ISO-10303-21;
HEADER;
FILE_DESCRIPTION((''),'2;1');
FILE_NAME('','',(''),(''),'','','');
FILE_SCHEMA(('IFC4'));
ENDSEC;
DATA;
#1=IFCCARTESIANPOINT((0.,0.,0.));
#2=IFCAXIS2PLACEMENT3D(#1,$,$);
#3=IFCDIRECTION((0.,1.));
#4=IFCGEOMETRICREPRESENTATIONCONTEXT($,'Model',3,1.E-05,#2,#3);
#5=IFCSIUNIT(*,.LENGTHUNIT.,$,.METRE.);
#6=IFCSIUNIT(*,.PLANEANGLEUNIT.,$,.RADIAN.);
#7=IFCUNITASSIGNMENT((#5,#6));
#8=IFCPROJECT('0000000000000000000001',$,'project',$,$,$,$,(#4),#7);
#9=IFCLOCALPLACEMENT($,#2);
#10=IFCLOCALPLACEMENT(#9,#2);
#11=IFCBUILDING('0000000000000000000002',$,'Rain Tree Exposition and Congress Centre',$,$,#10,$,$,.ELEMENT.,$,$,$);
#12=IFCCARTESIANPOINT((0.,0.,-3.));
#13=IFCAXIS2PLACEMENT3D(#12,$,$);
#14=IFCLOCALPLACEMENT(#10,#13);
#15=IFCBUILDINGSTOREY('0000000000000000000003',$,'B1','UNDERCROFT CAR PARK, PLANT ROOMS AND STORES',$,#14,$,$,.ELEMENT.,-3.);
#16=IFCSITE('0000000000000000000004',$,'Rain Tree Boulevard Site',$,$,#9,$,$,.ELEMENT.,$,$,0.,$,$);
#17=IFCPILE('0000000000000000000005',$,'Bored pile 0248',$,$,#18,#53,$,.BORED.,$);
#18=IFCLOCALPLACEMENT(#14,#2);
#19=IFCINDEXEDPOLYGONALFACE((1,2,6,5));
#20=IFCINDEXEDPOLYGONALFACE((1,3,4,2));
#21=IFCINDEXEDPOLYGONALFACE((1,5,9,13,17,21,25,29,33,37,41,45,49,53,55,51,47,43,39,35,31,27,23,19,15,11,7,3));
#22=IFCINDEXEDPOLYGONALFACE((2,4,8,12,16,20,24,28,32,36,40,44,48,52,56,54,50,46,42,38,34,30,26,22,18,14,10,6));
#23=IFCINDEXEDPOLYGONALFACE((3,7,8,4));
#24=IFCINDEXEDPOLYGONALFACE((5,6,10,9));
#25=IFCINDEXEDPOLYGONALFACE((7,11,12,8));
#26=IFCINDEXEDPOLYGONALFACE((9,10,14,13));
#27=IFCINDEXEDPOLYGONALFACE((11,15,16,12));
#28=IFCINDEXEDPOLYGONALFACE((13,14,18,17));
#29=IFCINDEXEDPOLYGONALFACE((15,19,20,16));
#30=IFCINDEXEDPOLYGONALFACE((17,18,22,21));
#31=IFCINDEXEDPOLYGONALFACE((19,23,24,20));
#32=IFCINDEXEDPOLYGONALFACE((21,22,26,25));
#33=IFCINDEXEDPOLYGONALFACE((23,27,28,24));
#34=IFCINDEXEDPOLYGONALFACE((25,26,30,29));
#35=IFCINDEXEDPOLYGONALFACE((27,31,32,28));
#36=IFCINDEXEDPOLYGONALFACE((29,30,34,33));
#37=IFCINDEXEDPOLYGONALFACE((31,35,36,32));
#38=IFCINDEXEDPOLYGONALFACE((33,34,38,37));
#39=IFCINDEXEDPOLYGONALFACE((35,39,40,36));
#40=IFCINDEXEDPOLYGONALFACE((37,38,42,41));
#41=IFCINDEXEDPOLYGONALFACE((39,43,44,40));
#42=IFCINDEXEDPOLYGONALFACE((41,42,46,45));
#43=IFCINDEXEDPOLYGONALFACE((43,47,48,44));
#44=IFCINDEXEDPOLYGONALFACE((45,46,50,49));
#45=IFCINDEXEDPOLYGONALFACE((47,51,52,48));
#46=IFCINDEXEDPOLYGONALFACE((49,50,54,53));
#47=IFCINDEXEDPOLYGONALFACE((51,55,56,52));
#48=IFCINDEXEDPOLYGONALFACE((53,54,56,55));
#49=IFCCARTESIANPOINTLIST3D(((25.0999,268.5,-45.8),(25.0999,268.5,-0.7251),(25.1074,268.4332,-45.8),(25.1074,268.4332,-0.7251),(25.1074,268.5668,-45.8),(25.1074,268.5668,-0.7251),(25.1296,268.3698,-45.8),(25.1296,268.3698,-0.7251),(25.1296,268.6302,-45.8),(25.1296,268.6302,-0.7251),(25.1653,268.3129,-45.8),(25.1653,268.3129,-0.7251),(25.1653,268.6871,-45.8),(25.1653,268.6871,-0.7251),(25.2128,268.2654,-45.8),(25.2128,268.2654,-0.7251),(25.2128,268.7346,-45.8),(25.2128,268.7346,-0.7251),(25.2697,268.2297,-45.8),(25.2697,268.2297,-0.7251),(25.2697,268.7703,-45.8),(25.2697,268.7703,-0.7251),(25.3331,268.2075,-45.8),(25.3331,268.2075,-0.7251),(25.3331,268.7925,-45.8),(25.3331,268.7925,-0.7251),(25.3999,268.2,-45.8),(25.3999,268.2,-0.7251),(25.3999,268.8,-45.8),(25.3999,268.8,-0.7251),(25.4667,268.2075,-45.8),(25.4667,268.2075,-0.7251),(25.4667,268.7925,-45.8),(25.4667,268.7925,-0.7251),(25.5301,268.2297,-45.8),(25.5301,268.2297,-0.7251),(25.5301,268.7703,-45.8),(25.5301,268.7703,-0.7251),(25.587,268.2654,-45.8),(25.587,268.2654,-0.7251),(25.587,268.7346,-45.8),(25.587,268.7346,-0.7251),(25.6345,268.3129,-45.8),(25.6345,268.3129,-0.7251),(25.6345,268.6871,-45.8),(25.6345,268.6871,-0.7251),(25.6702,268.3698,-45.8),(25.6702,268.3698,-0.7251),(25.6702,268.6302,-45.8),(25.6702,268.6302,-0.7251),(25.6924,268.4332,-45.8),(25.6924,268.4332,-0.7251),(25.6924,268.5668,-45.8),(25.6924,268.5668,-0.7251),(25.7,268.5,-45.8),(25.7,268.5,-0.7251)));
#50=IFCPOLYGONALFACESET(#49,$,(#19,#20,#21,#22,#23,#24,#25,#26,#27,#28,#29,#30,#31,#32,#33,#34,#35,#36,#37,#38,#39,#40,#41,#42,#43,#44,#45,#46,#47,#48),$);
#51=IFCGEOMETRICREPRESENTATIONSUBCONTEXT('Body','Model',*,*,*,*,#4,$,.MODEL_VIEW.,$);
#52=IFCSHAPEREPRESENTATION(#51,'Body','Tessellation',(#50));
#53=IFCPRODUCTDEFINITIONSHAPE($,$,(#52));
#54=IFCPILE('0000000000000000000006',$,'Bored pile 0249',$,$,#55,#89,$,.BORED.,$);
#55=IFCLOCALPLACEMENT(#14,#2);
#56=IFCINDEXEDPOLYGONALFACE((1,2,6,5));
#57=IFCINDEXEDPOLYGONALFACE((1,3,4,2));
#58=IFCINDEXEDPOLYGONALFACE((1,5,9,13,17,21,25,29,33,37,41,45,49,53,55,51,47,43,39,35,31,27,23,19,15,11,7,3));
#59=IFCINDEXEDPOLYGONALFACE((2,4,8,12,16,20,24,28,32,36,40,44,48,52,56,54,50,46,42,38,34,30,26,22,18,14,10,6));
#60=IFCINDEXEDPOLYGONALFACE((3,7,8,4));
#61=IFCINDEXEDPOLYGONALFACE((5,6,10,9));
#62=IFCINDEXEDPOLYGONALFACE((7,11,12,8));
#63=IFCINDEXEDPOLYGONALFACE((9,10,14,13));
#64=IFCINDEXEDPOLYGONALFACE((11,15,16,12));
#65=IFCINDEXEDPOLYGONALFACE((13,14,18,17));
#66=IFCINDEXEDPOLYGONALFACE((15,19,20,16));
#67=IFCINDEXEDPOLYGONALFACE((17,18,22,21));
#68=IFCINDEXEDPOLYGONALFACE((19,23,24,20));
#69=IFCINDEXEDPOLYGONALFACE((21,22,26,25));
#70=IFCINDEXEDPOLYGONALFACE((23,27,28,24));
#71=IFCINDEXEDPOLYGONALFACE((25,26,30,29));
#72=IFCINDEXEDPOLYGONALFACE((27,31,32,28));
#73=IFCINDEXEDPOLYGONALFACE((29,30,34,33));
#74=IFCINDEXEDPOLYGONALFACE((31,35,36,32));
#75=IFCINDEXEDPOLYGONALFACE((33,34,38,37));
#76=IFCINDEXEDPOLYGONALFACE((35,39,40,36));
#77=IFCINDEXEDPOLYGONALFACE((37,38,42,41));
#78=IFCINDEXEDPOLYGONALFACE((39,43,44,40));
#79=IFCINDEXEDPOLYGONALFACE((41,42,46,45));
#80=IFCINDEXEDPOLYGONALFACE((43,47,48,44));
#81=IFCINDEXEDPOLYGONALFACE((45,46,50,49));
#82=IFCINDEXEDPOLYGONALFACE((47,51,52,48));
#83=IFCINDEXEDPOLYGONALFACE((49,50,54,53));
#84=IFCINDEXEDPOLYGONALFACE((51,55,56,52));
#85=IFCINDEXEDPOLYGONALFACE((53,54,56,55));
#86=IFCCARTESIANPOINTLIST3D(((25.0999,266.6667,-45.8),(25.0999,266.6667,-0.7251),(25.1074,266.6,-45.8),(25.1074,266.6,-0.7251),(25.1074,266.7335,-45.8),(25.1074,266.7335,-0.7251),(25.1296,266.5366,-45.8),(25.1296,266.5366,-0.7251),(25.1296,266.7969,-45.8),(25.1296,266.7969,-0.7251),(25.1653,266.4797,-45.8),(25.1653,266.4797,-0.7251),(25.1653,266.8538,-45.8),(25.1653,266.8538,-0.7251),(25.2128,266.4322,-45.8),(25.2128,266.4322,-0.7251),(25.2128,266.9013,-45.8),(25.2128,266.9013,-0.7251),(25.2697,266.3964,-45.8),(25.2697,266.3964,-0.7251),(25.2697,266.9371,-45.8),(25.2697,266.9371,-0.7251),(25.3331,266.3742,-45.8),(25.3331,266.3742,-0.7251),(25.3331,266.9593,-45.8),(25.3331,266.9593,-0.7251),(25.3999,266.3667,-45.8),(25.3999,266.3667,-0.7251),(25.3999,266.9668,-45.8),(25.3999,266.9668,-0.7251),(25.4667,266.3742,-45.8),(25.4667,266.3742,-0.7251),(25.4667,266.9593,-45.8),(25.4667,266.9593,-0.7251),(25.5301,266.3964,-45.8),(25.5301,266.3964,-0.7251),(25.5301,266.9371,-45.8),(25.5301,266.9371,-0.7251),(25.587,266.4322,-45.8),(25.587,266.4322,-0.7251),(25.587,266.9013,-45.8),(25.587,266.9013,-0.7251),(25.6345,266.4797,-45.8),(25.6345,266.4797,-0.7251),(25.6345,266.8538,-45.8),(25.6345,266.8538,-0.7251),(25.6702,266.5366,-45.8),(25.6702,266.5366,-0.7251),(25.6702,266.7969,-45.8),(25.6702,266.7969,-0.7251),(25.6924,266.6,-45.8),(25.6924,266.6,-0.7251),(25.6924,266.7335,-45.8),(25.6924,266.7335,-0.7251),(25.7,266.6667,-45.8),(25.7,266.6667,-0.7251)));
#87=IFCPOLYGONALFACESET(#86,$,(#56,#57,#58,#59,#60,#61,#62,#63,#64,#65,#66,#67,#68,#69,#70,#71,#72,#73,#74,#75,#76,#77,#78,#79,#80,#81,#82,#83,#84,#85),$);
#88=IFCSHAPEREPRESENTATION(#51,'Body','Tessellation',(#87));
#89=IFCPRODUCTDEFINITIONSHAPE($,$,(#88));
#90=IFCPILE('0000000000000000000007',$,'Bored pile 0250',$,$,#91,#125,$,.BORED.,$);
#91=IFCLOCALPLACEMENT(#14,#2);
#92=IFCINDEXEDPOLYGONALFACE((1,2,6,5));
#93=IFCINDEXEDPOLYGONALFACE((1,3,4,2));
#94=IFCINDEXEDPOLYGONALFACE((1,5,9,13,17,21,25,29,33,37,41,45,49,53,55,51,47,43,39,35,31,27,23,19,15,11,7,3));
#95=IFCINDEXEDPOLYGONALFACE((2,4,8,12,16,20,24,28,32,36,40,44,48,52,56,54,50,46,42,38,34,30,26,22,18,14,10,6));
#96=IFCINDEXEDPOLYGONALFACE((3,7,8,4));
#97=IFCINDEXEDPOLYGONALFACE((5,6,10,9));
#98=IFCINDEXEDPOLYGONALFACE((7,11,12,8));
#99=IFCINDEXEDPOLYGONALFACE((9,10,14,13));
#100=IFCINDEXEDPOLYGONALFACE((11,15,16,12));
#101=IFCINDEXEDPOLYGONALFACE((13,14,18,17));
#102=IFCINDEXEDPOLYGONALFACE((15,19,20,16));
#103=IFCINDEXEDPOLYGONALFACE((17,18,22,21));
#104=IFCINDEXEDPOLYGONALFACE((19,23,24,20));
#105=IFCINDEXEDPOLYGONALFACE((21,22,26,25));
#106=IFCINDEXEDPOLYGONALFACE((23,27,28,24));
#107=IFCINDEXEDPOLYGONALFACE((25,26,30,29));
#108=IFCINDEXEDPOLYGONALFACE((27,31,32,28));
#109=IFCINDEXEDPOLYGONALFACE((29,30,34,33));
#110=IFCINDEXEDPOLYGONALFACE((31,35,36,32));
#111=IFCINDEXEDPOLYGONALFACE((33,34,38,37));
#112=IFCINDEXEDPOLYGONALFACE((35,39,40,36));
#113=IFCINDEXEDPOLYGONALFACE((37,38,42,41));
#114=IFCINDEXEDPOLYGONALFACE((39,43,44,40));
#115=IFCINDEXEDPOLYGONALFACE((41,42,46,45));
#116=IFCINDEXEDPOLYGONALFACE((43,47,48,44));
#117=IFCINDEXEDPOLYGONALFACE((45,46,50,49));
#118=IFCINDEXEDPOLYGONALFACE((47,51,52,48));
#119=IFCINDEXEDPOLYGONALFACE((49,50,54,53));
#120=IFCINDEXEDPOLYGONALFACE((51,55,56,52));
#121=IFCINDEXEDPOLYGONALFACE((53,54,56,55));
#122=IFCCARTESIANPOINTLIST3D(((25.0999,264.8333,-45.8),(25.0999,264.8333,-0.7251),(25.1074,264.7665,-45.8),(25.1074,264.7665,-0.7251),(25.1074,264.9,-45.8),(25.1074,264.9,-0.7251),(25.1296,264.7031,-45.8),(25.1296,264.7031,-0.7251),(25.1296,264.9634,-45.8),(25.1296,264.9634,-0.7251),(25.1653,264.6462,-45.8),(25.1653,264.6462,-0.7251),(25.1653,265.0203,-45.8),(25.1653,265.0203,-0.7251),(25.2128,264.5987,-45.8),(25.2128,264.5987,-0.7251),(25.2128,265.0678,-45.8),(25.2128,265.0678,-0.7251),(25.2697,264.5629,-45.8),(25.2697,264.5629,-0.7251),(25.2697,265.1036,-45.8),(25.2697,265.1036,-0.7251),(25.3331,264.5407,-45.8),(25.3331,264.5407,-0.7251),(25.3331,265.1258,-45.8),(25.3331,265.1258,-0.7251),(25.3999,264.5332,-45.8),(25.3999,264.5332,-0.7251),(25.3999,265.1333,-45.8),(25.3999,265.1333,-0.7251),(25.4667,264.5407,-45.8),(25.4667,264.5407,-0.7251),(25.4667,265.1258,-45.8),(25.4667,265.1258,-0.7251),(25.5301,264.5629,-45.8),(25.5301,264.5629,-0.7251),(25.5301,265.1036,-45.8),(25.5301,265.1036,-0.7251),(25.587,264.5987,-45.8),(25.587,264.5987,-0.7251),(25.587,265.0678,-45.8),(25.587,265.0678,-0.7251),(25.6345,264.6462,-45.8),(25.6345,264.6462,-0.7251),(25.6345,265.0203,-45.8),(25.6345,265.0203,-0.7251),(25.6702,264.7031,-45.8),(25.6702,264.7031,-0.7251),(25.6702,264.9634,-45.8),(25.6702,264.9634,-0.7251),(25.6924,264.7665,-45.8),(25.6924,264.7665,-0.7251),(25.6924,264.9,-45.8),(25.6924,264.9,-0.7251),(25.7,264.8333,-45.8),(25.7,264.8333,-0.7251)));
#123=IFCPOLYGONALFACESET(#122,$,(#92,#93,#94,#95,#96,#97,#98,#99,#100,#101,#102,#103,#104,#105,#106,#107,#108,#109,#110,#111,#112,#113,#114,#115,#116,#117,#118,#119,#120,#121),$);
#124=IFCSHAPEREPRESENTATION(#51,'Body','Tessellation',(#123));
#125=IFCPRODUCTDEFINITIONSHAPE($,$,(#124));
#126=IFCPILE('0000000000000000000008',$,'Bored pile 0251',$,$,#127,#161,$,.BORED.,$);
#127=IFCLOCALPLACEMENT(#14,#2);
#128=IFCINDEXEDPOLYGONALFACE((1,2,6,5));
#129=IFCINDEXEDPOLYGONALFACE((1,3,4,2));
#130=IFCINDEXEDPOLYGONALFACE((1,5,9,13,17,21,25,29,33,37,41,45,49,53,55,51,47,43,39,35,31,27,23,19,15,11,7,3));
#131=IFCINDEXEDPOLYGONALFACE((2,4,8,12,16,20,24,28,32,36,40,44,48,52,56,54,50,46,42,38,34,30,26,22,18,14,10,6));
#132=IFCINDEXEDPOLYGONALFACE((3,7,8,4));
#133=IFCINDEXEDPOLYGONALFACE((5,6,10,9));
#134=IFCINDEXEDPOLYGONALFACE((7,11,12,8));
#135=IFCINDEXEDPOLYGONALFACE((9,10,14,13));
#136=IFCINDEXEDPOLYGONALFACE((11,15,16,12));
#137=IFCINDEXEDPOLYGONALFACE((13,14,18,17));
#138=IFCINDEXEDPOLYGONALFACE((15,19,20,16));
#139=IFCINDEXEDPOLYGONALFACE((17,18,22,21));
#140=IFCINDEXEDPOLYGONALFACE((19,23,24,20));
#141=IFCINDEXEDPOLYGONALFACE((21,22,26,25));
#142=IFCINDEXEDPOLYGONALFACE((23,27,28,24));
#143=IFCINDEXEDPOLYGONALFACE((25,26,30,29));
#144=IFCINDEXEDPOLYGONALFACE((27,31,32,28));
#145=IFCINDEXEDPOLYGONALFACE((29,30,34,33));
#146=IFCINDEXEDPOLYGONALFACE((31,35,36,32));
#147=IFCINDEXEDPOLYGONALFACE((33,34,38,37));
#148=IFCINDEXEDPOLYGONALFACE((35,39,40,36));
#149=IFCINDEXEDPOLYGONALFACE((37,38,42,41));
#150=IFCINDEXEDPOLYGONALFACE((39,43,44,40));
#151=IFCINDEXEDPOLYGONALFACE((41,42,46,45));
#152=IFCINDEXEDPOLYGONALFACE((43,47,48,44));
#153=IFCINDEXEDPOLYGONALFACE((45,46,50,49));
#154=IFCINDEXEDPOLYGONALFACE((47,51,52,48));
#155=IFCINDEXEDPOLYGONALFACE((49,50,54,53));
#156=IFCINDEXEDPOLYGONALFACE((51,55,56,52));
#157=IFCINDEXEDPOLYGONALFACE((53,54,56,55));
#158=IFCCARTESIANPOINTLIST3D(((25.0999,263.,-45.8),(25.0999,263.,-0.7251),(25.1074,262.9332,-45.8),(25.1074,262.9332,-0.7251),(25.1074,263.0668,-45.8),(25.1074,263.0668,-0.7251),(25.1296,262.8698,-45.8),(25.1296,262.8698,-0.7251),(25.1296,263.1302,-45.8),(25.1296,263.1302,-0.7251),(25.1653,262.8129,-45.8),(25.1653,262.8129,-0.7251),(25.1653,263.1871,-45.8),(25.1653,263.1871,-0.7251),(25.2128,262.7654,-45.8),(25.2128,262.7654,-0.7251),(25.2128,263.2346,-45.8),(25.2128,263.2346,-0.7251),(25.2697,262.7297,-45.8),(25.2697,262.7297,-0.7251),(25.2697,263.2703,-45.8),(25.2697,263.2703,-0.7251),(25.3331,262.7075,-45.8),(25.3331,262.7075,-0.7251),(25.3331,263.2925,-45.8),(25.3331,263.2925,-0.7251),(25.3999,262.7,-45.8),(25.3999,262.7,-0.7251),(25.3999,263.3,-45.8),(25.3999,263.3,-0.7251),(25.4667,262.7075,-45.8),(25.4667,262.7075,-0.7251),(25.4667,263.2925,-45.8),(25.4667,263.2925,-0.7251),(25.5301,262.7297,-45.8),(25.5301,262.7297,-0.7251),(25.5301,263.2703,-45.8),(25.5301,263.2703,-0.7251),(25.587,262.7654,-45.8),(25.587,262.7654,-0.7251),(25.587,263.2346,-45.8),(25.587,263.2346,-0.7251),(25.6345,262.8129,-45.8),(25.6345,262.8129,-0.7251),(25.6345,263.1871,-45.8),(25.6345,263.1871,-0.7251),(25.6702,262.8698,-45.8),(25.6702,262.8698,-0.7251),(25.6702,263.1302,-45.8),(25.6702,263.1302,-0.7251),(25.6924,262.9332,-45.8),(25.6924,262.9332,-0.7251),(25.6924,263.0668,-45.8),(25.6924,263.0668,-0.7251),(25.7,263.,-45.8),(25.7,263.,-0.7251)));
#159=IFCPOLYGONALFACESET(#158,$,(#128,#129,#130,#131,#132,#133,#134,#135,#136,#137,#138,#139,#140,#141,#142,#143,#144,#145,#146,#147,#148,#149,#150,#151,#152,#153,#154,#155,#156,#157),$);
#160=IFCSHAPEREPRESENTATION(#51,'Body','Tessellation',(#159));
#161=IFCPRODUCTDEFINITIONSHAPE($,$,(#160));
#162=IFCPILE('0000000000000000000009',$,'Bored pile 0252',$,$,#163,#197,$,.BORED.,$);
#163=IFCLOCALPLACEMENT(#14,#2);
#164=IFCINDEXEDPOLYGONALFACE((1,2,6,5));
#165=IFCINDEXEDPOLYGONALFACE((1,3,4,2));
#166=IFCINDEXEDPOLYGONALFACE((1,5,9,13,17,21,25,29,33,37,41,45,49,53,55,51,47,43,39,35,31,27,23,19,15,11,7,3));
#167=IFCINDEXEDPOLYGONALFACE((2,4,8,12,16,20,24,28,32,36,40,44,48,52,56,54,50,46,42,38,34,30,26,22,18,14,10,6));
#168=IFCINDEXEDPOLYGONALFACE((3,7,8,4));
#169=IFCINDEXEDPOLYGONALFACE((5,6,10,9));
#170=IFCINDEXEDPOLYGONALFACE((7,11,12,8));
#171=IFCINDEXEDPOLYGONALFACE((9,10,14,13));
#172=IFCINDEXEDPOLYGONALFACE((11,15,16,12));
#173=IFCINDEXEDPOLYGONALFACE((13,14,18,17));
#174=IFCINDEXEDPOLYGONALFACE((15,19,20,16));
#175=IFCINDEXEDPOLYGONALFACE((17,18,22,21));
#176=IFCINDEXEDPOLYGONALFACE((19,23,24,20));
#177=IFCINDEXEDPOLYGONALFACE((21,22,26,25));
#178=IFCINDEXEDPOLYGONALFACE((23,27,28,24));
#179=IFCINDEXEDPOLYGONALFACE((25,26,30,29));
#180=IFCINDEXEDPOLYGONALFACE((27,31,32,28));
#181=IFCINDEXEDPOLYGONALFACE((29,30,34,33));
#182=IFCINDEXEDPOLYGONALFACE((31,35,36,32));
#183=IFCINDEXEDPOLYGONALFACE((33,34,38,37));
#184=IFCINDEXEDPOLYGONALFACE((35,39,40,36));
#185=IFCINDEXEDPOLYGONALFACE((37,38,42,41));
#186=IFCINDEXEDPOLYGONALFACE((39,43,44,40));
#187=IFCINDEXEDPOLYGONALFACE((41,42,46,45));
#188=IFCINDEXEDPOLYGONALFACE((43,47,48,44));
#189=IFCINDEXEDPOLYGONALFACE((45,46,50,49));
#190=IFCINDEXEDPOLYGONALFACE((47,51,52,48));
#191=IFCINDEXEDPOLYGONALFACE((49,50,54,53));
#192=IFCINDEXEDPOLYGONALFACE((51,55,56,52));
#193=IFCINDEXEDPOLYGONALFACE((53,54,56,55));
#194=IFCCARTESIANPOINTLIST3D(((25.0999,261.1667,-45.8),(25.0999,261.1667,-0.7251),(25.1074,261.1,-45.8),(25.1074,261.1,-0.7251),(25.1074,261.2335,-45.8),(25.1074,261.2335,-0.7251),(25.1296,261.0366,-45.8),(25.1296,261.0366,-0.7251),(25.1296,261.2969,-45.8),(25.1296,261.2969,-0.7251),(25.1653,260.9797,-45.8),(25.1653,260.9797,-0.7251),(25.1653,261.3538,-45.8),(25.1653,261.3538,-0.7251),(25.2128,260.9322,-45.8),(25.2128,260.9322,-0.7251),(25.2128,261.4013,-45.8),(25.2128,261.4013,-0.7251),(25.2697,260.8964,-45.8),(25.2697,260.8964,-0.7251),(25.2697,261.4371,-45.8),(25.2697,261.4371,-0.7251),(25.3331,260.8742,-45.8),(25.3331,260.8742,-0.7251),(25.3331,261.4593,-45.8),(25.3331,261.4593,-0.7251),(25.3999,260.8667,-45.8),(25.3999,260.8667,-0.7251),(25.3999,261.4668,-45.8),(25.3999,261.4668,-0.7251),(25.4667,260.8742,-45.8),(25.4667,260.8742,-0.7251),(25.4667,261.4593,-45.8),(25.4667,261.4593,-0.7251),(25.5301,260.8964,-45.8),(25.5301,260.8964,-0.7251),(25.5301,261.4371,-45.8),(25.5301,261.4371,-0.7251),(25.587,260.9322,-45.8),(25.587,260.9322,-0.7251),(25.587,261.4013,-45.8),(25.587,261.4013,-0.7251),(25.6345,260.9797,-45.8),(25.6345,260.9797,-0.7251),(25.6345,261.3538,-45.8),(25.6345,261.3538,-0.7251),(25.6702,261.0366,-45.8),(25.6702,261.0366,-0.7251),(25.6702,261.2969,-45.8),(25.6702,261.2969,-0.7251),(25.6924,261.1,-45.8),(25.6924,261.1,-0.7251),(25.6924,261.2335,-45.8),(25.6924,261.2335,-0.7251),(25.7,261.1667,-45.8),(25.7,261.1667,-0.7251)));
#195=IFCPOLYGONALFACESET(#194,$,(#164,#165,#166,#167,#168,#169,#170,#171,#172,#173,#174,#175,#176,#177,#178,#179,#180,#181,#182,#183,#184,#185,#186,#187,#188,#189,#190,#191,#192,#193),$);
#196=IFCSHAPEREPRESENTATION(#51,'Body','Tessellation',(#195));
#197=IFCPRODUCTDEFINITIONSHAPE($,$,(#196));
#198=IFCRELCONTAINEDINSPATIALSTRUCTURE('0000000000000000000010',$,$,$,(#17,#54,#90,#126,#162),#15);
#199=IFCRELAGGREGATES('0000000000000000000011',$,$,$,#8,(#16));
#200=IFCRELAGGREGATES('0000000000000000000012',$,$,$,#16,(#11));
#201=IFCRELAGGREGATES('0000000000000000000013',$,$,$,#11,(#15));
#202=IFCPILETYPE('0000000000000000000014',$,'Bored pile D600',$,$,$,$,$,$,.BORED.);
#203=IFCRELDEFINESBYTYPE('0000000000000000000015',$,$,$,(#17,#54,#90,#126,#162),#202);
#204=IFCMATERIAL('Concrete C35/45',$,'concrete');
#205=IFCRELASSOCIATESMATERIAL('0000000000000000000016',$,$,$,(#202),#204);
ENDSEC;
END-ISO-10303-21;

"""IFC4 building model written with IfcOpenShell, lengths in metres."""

from ifc_helpers import new_model, si_unit, direction, frame, origin, origin_2d, place, context, subcontext, project, spatial, circle, extrude, material, material_profile, profile_set, type_object, element, save


model = new_model("IFC4")

# Units and contexts
model_context = context("Model", 3, precision=1e-05, world=origin(), true_north=direction((0.0, 1.0)))
body_context = subcontext(model_context, "Body", "Model", "MODEL_VIEW")
ifc_project = project(units=[si_unit("LENGTHUNIT", "METRE"), si_unit("PLANEANGLEUNIT", "RADIAN")], contexts=[model_context])

# Site, building, storey
site_placement = place(None, origin())
site = spatial("IfcSite", under=ifc_project, at=site_placement, Name="Rain Tree Boulevard Site", CompositionType="ELEMENT", RefElevation=0.0)
building_placement = place(site_placement, origin())
building = spatial("IfcBuilding", under=site, at=building_placement, Name="Rain Tree Exposition and Congress Centre", CompositionType="ELEMENT")
storey_placement = place(building_placement, frame((0.0, 0.0, -3.0)))
storey = spatial("IfcBuildingStorey", under=building, at=storey_placement, Name="B1", Description="UNDERCROFT CAR PARK, PLANT ROOMS AND STORES", CompositionType="ELEMENT", Elevation=-3.0)

# Piles
ifc_material_1 = material(Name="Concrete C35/45", Category="concrete")
ifc_material_profile_1 = material_profile(ifc_material_1, circle(Radius=0.3, at=origin_2d()), Name="D600")
ifc_profile_set_1 = profile_set([ifc_material_profile_1], Name="Concrete C35/45")
pile_type_1 = type_object("IfcPileType", Name="Bored pile D600", PredefinedType="BORED", material=ifc_profile_set_1)
for number, where, z_axis, x_axis, name in (
    (1, (25.3999, 268.5, -0.7251), (0.0, 0.0, -1.0), (1.0, 0.0, 0.0), "Bored pile 0248"),
    (2, (25.3999, 266.6667, -0.7251), (0.0, 0.0, -1.0), (1.0, 0.0, 0.0), "Bored pile 0249"),
    (3, (25.3999, 264.8333, -0.7251), (0.0, 0.0, -1.0), (1.0, 0.0, 0.0), "Bored pile 0250"),
    (4, (25.3999, 263.0, -0.7251), (0.0, 0.0, -1.0), (1.0, 0.0, 0.0), "Bored pile 0251"),
    (5, (25.3999, 261.1667, -0.7251), (0.0, 0.0, -1.0), (1.0, 0.0, 0.0), "Bored pile 0252"),
):
    element("IfcPile", number, at=place(storey_placement, frame(where, z_axis=z_axis, x_axis=x_axis)), inside=storey, type_object=pile_type_1, Name=name, PredefinedType="BORED", context=body_context, shape_type="SweptSolid", body=[
        extrude(circle(Radius=0.3, at=origin_2d()), origin(), (0.0, 0.0, 1.0), 45.075),
    ])

save(model, "model.ifc")
